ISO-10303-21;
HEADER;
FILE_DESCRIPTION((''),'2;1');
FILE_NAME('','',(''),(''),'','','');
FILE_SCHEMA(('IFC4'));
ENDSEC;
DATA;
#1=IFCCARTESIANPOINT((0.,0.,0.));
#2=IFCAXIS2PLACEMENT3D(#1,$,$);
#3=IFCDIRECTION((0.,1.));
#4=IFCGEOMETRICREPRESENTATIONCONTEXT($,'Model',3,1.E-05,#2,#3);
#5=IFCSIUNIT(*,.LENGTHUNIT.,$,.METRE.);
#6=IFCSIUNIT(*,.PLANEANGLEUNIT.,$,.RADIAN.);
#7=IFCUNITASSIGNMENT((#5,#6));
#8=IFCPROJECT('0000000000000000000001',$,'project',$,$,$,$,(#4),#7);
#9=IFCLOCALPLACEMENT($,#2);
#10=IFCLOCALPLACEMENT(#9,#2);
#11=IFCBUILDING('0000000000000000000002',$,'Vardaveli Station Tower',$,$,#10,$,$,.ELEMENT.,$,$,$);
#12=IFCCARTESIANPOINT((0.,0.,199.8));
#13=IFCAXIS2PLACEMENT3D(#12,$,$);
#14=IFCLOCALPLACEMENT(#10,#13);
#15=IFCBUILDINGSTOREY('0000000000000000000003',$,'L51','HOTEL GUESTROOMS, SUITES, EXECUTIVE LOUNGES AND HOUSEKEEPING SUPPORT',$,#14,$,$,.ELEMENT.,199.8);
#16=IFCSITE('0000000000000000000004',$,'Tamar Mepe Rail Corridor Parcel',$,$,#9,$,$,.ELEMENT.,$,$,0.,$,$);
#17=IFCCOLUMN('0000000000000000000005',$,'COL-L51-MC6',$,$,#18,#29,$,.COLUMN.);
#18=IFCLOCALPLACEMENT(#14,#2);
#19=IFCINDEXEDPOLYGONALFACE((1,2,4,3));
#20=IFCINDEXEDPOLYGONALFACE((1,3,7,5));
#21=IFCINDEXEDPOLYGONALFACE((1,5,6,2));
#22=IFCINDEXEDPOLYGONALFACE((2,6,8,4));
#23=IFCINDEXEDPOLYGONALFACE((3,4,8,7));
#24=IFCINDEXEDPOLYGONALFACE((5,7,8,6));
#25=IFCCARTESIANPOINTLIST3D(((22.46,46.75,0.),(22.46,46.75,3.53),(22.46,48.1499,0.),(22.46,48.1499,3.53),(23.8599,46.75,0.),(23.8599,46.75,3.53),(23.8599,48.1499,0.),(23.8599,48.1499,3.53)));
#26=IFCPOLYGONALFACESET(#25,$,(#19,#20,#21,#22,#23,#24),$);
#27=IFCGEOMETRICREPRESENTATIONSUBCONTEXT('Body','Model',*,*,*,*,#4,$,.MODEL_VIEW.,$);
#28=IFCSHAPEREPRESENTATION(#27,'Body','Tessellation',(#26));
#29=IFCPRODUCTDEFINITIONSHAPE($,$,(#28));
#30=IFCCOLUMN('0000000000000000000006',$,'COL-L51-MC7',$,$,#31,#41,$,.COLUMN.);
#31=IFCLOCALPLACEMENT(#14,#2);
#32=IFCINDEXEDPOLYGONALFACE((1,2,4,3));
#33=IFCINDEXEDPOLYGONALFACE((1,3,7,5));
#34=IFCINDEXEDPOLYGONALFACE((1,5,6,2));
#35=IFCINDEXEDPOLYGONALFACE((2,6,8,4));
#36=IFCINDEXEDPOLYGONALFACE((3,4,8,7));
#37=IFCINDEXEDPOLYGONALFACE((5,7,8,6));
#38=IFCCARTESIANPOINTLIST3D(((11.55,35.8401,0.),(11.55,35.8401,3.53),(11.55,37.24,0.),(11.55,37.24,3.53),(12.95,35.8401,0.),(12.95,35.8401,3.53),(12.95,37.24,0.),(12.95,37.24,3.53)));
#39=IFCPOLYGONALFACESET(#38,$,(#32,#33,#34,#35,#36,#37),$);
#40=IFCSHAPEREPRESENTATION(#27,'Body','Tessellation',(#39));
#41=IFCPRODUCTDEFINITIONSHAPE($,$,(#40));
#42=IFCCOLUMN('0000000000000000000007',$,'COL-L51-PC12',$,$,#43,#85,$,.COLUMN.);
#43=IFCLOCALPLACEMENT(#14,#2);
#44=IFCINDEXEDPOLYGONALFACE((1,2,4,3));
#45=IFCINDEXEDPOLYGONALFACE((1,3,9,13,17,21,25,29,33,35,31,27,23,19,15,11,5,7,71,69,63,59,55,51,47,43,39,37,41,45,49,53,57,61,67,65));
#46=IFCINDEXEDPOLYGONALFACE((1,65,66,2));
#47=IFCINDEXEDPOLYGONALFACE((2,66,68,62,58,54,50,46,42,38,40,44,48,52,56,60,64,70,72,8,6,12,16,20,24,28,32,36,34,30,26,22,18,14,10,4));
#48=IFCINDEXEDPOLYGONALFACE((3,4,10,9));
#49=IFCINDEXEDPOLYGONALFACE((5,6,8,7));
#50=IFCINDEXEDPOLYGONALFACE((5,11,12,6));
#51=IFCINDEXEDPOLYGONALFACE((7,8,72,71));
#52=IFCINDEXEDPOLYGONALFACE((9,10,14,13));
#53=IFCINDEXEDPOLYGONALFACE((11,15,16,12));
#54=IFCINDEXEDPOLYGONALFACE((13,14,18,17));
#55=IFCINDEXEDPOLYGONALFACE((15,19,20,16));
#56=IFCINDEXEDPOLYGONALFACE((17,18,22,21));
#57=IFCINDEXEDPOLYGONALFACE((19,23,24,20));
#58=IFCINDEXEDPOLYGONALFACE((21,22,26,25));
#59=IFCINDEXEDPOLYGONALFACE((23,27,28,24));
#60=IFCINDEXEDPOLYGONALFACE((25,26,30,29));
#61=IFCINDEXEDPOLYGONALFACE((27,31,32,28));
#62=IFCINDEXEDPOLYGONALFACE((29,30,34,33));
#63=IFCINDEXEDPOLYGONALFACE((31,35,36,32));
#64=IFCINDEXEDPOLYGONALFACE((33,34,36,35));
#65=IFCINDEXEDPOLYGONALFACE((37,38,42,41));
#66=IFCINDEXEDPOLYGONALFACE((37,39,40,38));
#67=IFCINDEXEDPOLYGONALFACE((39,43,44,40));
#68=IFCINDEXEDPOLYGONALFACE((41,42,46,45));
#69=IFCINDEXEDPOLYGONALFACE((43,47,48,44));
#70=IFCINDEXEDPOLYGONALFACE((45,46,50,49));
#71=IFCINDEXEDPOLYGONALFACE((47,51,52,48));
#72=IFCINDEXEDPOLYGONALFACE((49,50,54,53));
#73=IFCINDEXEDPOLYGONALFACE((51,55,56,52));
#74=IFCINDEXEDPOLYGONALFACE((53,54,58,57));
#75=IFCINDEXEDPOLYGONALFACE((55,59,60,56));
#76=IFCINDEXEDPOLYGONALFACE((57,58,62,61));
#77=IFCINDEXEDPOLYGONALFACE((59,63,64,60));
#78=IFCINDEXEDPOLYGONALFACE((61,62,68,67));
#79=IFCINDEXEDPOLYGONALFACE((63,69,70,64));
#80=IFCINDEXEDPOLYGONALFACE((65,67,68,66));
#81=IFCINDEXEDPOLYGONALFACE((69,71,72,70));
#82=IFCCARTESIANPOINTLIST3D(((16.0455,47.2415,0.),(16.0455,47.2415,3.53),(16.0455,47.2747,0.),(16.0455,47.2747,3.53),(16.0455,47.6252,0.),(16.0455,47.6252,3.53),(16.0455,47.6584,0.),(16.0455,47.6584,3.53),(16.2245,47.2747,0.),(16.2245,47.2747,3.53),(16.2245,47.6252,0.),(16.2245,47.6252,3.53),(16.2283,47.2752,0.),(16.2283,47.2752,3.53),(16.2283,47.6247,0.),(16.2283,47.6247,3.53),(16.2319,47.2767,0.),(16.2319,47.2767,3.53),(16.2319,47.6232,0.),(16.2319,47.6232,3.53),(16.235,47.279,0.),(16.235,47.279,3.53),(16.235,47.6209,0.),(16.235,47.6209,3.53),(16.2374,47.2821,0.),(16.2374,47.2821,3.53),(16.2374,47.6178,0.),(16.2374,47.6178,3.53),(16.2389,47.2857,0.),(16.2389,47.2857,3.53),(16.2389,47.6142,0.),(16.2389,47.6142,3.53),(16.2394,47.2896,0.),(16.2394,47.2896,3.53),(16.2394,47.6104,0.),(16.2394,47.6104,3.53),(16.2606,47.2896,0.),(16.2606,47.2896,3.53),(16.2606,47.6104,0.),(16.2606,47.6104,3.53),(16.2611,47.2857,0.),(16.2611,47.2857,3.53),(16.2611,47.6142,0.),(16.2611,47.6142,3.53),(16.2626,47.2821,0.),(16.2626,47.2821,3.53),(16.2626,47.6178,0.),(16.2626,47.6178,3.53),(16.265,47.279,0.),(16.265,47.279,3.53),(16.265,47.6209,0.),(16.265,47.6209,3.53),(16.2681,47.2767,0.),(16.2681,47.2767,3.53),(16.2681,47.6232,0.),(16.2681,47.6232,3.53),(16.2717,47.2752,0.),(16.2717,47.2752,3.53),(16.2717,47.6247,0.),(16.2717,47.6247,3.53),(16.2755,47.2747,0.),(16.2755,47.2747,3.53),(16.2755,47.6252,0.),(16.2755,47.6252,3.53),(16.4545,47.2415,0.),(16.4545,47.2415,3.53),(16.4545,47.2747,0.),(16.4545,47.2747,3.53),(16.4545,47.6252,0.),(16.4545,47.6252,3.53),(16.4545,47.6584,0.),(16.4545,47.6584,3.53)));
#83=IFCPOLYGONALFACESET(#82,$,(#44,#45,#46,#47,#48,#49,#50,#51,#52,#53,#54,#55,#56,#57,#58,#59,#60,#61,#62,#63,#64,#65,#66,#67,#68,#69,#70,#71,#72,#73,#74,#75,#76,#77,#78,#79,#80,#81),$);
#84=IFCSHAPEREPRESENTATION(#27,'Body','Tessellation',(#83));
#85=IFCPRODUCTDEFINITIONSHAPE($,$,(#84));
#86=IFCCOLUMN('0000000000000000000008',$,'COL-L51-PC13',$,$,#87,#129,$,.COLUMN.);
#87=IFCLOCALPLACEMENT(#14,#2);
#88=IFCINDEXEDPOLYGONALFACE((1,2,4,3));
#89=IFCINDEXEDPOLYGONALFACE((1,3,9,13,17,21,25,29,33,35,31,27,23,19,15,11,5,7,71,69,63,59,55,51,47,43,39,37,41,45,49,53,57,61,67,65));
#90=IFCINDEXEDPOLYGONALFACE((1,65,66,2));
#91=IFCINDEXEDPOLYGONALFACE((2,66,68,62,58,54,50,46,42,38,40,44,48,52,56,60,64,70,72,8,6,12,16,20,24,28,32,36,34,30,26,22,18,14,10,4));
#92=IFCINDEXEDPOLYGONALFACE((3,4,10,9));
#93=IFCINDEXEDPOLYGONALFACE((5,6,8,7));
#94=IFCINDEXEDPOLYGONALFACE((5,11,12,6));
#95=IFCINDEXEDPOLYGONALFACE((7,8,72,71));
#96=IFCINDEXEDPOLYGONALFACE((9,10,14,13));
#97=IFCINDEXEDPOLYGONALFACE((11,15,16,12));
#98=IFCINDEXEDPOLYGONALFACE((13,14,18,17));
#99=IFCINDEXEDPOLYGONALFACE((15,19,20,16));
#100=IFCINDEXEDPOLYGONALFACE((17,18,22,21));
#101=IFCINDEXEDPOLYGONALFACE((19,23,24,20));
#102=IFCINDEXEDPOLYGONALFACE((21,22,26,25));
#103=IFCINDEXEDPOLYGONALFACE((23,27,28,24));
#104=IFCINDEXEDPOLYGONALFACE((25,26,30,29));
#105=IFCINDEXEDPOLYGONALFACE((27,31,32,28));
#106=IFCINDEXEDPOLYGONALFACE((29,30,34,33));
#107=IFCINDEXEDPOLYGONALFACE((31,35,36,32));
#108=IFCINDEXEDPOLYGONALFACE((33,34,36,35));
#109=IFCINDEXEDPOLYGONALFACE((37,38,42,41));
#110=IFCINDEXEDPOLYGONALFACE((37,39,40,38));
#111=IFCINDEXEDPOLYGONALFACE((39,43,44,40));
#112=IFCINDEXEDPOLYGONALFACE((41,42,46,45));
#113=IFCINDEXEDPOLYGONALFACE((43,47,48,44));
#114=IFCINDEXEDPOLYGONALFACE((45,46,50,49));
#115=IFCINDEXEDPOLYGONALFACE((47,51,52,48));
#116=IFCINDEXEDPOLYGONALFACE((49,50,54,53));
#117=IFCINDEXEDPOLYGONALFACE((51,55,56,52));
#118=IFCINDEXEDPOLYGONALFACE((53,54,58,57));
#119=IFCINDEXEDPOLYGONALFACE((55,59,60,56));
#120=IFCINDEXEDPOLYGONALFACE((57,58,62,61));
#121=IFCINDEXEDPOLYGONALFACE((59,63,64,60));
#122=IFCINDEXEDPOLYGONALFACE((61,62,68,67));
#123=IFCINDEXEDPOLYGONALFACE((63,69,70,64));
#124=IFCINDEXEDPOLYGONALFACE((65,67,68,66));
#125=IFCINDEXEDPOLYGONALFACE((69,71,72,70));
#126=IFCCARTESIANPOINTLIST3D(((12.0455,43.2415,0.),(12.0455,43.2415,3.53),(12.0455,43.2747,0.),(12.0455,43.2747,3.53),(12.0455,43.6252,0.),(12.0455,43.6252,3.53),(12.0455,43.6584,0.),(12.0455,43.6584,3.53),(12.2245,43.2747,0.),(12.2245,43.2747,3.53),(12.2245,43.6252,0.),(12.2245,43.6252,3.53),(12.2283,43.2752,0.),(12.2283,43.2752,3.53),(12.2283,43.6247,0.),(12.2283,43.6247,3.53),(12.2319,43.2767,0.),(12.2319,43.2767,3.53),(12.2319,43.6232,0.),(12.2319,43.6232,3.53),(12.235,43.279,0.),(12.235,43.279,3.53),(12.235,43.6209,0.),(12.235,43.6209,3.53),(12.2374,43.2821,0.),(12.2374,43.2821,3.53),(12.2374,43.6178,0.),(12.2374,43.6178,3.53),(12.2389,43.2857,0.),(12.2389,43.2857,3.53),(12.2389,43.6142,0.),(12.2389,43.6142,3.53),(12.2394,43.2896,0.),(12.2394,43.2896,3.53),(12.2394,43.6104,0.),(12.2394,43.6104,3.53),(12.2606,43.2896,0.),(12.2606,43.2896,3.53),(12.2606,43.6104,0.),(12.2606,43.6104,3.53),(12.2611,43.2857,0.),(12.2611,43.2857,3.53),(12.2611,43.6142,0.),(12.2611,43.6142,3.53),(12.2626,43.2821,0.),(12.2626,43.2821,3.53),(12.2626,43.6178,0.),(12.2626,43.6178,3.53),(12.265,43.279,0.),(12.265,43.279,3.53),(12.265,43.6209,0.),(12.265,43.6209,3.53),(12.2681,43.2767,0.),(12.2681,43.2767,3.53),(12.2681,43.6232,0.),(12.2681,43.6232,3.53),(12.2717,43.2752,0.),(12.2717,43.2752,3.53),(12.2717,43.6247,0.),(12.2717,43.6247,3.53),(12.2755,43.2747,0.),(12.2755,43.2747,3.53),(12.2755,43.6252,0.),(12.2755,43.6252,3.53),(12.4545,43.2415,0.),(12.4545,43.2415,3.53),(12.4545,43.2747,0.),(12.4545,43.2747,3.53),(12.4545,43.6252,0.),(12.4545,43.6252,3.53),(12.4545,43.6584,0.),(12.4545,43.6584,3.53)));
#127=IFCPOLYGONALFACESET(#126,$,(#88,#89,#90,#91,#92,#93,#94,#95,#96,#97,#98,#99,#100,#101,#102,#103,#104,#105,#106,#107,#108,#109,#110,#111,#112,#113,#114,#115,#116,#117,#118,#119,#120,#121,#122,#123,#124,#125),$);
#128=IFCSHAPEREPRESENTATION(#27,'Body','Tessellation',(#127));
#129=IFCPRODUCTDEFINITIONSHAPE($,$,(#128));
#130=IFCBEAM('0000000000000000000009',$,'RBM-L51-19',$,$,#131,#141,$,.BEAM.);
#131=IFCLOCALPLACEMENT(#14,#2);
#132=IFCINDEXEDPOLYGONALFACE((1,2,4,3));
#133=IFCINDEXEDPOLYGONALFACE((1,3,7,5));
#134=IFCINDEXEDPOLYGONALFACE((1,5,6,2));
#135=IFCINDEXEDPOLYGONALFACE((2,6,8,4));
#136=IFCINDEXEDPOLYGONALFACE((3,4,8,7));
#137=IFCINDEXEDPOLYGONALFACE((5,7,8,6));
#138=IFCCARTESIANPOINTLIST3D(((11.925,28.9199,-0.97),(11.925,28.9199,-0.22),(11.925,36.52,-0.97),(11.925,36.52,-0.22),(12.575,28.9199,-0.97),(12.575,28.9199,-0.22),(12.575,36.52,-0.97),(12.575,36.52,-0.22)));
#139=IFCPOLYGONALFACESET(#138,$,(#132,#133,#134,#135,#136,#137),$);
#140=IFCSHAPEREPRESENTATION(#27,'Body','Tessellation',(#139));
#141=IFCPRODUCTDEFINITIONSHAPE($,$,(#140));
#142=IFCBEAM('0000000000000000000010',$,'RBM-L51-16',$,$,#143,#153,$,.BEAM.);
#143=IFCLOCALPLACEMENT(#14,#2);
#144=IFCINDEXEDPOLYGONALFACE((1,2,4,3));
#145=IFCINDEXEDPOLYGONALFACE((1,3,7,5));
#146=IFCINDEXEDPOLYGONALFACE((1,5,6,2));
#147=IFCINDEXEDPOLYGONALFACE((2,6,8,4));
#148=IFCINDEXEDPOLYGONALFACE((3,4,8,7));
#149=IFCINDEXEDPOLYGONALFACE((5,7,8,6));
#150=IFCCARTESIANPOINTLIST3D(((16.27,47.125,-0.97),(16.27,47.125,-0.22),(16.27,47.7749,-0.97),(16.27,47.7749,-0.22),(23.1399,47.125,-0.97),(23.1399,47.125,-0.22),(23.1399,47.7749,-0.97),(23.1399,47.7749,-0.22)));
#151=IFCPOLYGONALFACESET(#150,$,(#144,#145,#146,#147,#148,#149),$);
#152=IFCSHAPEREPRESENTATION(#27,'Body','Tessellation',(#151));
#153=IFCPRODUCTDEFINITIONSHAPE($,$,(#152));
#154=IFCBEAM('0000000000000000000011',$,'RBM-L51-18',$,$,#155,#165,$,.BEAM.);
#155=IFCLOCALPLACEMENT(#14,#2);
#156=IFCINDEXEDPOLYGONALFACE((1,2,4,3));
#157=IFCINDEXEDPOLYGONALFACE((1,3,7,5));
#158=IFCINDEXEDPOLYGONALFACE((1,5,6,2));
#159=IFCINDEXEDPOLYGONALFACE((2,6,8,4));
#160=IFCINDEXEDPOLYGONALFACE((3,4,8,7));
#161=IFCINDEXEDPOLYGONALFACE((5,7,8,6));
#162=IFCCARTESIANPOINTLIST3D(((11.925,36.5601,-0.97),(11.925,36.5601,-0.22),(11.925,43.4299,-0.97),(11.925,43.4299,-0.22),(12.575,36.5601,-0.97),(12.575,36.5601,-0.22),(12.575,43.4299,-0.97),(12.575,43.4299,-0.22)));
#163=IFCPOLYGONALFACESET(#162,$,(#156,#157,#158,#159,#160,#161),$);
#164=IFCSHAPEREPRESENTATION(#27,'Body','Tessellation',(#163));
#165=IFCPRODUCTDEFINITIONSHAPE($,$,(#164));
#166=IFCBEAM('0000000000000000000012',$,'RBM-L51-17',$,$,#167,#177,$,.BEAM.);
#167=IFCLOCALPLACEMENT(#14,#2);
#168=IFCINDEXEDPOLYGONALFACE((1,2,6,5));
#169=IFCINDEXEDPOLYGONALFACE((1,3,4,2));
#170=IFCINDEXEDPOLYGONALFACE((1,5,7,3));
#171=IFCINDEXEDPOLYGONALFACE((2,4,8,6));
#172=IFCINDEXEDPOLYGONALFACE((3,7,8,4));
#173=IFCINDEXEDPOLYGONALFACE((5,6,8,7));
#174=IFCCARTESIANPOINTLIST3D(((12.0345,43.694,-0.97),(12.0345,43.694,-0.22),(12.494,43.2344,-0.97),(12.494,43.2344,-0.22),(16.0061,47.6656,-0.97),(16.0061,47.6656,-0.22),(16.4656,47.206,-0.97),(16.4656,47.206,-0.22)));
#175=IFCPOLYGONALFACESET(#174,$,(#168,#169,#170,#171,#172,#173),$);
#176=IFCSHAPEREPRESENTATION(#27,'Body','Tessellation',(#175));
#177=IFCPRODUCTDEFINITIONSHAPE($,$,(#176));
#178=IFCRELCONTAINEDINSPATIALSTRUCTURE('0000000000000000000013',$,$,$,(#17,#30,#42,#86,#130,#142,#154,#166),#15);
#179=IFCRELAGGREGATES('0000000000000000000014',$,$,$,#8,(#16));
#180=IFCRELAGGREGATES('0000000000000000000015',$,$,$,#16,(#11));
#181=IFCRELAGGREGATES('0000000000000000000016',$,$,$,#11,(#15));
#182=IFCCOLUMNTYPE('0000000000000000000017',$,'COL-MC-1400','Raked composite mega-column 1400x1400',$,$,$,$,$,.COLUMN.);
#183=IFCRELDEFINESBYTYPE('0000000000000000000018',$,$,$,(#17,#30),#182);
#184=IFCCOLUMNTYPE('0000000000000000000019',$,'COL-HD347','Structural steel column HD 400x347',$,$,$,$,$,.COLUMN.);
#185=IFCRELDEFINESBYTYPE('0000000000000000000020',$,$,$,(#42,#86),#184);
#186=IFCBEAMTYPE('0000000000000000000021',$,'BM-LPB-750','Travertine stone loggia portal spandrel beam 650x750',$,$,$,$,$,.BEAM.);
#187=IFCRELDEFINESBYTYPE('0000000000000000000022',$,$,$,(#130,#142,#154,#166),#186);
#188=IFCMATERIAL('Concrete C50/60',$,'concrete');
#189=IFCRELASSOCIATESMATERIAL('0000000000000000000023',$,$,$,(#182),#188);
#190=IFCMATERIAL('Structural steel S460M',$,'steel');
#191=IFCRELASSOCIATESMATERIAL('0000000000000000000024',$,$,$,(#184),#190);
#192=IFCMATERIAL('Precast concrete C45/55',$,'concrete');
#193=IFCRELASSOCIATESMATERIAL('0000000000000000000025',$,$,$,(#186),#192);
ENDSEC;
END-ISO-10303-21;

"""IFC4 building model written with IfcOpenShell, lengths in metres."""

from ifc_helpers import new_model, si_unit, direction, frame, origin, origin_2d, place, context, subcontext, project, spatial, rectangle, i_section, extrude, source, transform, mapped, material, material_profile, profile_set, type_object, element, save


model = new_model("IFC4")

# Units and contexts
model_context = context("Model", 3, precision=1e-05, world=origin(), true_north=direction((0.0, 1.0)))
body_context = subcontext(model_context, "Body", "Model", "MODEL_VIEW")
ifc_project = project(units=[si_unit("LENGTHUNIT", "METRE"), si_unit("PLANEANGLEUNIT", "RADIAN")], contexts=[model_context])

# Site, building, storey
site_placement = place(None, origin())
site = spatial("IfcSite", under=ifc_project, at=site_placement, Name="Tamar Mepe Rail Corridor Parcel", CompositionType="ELEMENT", RefElevation=0.0)
building_placement = place(site_placement, origin())
building = spatial("IfcBuilding", under=site, at=building_placement, Name="Vardaveli Station Tower", CompositionType="ELEMENT")
storey_placement = place(building_placement, frame((0.0, 0.0, 199.8)))
storey = spatial("IfcBuildingStorey", under=building, at=storey_placement, Name="L51", Description="HOTEL GUESTROOMS, SUITES, EXECUTIVE LOUNGES AND HOUSEKEEPING SUPPORT", CompositionType="ELEMENT", Elevation=199.8)

# Columns
ifc_material_1 = material(Name="Concrete C50/60", Category="concrete")
ifc_material_profile_1 = material_profile(ifc_material_1, rectangle(XDim=1.3999, YDim=1.3999, at=origin_2d()), Name="MC 1400x1400")
ifc_profile_set_1 = profile_set([ifc_material_profile_1], Name="Concrete C50/60")
column_type_1 = type_object("IfcColumnType", Name="COL-MC-1400", Description="Raked composite mega-column 1400x1400", PredefinedType="COLUMN", material=ifc_profile_set_1)
shared_shape_1 = source(origin(), body_context, "Body", "SweptSolid", [
    extrude(rectangle(XDim=1.3999, YDim=1.3999, at=origin_2d()), origin(), (0.0, 0.0, 1.0), 3.53),
])
for number, where, z_axis, x_axis, name in (
    (1, (23.1599, 47.45, 0.0), (0.0, 0.0, 1.0), (1.0, 0.0, 0.0), "COL-L51-MC6"),
    (2, (12.25, 36.54, 0.0), (0.0, 0.0, 1.0), (1.0, 0.0, 0.0), "COL-L51-MC7"),
):
    element("IfcColumn", number, at=place(storey_placement, frame(where, z_axis=z_axis, x_axis=x_axis)), inside=storey, type_object=column_type_1, Name=name, PredefinedType="COLUMN", context=body_context, shape_type="MappedRepresentation", body=[
        mapped(shared_shape_1, transform((0.0, 0.0, 0.0), scale=1.0)),
    ])
ifc_material_2 = material(Name="Structural steel S460M", Category="steel")
ifc_material_profile_2 = material_profile(ifc_material_2, i_section(OverallWidth=0.4089, OverallDepth=0.417, WebThickness=0.0212, FlangeThickness=0.0332, FilletRadius=0.0149, at=origin_2d()), Name="HD 400x347")
ifc_profile_set_2 = profile_set([ifc_material_profile_2], Name="Structural steel S460M")
column_type_2 = type_object("IfcColumnType", Name="COL-HD347", Description="Structural steel column HD 400x347", PredefinedType="COLUMN", material=ifc_profile_set_2)
shared_shape_2 = source(origin(), body_context, "Body", "SweptSolid", [
    extrude(i_section(OverallWidth=0.4089, OverallDepth=0.417, WebThickness=0.0212, FlangeThickness=0.0332, FilletRadius=0.0149, at=origin_2d()), origin(), (0.0, 0.0, 1.0), 3.53),
])
for number, where, z_axis, x_axis, name in (
    (3, (16.25, 47.45, 0.0), (0.0, 0.0, 1.0), (1.0, 0.0, 0.0), "COL-L51-PC12"),
    (4, (12.25, 43.45, 0.0), (0.0, 0.0, 1.0), (1.0, 0.0, 0.0), "COL-L51-PC13"),
):
    element("IfcColumn", number, at=place(storey_placement, frame(where, z_axis=z_axis, x_axis=x_axis)), inside=storey, type_object=column_type_2, Name=name, PredefinedType="COLUMN", context=body_context, shape_type="MappedRepresentation", body=[
        mapped(shared_shape_2, transform((0.0, 0.0, 0.0), scale=1.0)),
    ])

# Beams
ifc_material_3 = material(Name="Precast concrete C45/55", Category="concrete")
ifc_material_profile_3 = material_profile(ifc_material_3, rectangle(XDim=0.6499, YDim=0.75, at=origin_2d()), Name="LPB 650x750")
ifc_profile_set_3 = profile_set([ifc_material_profile_3], Name="Precast concrete C45/55")
beam_type_1 = type_object("IfcBeamType", Name="BM-LPB-750", Description="Travertine stone loggia portal spandrel beam 650x750", PredefinedType="BEAM", material=ifc_profile_set_3)
shared_shape_3 = source(origin(), body_context, "Body", "SweptSolid", [
    extrude(rectangle(XDim=0.6499, YDim=0.75, at=origin_2d()), origin(), (0.0, 0.0, 1.0), 7.6001),
])
beam_1_placement = place(storey_placement, frame((12.25, 36.52, -0.595), z_axis=(0.0, -1.0, 0.0), x_axis=(1.0, 0.0, 0.0)))
element("IfcBeam", 5, at=beam_1_placement, inside=storey, type_object=beam_type_1, Name="RBM-L51-19", PredefinedType="BEAM", context=body_context, shape_type="MappedRepresentation", body=[
    mapped(shared_shape_3, transform((0.0, 0.0, 0.0), scale=1.0)),
])
shared_shape_4 = source(origin(), body_context, "Body", "SweptSolid", [
    extrude(rectangle(XDim=0.6499, YDim=0.75, at=origin_2d()), origin(), (0.0, 0.0, 1.0), 6.8699),
])
for number, where, z_axis, x_axis, name in (
    (6, (23.1399, 47.45, -0.595), (-1.0, 0.0, 0.0), (0.0, -1.0, 0.0), "RBM-L51-16"),
    (7, (12.25, 43.4299, -0.595), (0.0, -1.0, 0.0), (1.0, 0.0, 0.0), "RBM-L51-18"),
):
    element("IfcBeam", number, at=place(storey_placement, frame(where, z_axis=z_axis, x_axis=x_axis)), inside=storey, type_object=beam_type_1, Name=name, PredefinedType="BEAM", context=body_context, shape_type="MappedRepresentation", body=[
        mapped(shared_shape_4, transform((0.0, 0.0, 0.0), scale=1.0)),
    ])
shared_shape_5 = source(origin(), body_context, "Body", "SweptSolid", [
    extrude(rectangle(XDim=0.6499, YDim=0.75, at=origin_2d()), origin(), (0.0, 0.0, 1.0), 5.6167),
])
beam_2_placement = place(storey_placement, frame((16.2358, 47.4358, -0.595), z_axis=(-0.707107, -0.707107, 0.0), x_axis=(0.707107, -0.707107, 0.0)))
element("IfcBeam", 8, at=beam_2_placement, inside=storey, type_object=beam_type_1, Name="RBM-L51-17", PredefinedType="BEAM", context=body_context, shape_type="MappedRepresentation", body=[
    mapped(shared_shape_5, transform((0.0, 0.0, 0.0), scale=1.0)),
])

save(model, "model.ifc")
